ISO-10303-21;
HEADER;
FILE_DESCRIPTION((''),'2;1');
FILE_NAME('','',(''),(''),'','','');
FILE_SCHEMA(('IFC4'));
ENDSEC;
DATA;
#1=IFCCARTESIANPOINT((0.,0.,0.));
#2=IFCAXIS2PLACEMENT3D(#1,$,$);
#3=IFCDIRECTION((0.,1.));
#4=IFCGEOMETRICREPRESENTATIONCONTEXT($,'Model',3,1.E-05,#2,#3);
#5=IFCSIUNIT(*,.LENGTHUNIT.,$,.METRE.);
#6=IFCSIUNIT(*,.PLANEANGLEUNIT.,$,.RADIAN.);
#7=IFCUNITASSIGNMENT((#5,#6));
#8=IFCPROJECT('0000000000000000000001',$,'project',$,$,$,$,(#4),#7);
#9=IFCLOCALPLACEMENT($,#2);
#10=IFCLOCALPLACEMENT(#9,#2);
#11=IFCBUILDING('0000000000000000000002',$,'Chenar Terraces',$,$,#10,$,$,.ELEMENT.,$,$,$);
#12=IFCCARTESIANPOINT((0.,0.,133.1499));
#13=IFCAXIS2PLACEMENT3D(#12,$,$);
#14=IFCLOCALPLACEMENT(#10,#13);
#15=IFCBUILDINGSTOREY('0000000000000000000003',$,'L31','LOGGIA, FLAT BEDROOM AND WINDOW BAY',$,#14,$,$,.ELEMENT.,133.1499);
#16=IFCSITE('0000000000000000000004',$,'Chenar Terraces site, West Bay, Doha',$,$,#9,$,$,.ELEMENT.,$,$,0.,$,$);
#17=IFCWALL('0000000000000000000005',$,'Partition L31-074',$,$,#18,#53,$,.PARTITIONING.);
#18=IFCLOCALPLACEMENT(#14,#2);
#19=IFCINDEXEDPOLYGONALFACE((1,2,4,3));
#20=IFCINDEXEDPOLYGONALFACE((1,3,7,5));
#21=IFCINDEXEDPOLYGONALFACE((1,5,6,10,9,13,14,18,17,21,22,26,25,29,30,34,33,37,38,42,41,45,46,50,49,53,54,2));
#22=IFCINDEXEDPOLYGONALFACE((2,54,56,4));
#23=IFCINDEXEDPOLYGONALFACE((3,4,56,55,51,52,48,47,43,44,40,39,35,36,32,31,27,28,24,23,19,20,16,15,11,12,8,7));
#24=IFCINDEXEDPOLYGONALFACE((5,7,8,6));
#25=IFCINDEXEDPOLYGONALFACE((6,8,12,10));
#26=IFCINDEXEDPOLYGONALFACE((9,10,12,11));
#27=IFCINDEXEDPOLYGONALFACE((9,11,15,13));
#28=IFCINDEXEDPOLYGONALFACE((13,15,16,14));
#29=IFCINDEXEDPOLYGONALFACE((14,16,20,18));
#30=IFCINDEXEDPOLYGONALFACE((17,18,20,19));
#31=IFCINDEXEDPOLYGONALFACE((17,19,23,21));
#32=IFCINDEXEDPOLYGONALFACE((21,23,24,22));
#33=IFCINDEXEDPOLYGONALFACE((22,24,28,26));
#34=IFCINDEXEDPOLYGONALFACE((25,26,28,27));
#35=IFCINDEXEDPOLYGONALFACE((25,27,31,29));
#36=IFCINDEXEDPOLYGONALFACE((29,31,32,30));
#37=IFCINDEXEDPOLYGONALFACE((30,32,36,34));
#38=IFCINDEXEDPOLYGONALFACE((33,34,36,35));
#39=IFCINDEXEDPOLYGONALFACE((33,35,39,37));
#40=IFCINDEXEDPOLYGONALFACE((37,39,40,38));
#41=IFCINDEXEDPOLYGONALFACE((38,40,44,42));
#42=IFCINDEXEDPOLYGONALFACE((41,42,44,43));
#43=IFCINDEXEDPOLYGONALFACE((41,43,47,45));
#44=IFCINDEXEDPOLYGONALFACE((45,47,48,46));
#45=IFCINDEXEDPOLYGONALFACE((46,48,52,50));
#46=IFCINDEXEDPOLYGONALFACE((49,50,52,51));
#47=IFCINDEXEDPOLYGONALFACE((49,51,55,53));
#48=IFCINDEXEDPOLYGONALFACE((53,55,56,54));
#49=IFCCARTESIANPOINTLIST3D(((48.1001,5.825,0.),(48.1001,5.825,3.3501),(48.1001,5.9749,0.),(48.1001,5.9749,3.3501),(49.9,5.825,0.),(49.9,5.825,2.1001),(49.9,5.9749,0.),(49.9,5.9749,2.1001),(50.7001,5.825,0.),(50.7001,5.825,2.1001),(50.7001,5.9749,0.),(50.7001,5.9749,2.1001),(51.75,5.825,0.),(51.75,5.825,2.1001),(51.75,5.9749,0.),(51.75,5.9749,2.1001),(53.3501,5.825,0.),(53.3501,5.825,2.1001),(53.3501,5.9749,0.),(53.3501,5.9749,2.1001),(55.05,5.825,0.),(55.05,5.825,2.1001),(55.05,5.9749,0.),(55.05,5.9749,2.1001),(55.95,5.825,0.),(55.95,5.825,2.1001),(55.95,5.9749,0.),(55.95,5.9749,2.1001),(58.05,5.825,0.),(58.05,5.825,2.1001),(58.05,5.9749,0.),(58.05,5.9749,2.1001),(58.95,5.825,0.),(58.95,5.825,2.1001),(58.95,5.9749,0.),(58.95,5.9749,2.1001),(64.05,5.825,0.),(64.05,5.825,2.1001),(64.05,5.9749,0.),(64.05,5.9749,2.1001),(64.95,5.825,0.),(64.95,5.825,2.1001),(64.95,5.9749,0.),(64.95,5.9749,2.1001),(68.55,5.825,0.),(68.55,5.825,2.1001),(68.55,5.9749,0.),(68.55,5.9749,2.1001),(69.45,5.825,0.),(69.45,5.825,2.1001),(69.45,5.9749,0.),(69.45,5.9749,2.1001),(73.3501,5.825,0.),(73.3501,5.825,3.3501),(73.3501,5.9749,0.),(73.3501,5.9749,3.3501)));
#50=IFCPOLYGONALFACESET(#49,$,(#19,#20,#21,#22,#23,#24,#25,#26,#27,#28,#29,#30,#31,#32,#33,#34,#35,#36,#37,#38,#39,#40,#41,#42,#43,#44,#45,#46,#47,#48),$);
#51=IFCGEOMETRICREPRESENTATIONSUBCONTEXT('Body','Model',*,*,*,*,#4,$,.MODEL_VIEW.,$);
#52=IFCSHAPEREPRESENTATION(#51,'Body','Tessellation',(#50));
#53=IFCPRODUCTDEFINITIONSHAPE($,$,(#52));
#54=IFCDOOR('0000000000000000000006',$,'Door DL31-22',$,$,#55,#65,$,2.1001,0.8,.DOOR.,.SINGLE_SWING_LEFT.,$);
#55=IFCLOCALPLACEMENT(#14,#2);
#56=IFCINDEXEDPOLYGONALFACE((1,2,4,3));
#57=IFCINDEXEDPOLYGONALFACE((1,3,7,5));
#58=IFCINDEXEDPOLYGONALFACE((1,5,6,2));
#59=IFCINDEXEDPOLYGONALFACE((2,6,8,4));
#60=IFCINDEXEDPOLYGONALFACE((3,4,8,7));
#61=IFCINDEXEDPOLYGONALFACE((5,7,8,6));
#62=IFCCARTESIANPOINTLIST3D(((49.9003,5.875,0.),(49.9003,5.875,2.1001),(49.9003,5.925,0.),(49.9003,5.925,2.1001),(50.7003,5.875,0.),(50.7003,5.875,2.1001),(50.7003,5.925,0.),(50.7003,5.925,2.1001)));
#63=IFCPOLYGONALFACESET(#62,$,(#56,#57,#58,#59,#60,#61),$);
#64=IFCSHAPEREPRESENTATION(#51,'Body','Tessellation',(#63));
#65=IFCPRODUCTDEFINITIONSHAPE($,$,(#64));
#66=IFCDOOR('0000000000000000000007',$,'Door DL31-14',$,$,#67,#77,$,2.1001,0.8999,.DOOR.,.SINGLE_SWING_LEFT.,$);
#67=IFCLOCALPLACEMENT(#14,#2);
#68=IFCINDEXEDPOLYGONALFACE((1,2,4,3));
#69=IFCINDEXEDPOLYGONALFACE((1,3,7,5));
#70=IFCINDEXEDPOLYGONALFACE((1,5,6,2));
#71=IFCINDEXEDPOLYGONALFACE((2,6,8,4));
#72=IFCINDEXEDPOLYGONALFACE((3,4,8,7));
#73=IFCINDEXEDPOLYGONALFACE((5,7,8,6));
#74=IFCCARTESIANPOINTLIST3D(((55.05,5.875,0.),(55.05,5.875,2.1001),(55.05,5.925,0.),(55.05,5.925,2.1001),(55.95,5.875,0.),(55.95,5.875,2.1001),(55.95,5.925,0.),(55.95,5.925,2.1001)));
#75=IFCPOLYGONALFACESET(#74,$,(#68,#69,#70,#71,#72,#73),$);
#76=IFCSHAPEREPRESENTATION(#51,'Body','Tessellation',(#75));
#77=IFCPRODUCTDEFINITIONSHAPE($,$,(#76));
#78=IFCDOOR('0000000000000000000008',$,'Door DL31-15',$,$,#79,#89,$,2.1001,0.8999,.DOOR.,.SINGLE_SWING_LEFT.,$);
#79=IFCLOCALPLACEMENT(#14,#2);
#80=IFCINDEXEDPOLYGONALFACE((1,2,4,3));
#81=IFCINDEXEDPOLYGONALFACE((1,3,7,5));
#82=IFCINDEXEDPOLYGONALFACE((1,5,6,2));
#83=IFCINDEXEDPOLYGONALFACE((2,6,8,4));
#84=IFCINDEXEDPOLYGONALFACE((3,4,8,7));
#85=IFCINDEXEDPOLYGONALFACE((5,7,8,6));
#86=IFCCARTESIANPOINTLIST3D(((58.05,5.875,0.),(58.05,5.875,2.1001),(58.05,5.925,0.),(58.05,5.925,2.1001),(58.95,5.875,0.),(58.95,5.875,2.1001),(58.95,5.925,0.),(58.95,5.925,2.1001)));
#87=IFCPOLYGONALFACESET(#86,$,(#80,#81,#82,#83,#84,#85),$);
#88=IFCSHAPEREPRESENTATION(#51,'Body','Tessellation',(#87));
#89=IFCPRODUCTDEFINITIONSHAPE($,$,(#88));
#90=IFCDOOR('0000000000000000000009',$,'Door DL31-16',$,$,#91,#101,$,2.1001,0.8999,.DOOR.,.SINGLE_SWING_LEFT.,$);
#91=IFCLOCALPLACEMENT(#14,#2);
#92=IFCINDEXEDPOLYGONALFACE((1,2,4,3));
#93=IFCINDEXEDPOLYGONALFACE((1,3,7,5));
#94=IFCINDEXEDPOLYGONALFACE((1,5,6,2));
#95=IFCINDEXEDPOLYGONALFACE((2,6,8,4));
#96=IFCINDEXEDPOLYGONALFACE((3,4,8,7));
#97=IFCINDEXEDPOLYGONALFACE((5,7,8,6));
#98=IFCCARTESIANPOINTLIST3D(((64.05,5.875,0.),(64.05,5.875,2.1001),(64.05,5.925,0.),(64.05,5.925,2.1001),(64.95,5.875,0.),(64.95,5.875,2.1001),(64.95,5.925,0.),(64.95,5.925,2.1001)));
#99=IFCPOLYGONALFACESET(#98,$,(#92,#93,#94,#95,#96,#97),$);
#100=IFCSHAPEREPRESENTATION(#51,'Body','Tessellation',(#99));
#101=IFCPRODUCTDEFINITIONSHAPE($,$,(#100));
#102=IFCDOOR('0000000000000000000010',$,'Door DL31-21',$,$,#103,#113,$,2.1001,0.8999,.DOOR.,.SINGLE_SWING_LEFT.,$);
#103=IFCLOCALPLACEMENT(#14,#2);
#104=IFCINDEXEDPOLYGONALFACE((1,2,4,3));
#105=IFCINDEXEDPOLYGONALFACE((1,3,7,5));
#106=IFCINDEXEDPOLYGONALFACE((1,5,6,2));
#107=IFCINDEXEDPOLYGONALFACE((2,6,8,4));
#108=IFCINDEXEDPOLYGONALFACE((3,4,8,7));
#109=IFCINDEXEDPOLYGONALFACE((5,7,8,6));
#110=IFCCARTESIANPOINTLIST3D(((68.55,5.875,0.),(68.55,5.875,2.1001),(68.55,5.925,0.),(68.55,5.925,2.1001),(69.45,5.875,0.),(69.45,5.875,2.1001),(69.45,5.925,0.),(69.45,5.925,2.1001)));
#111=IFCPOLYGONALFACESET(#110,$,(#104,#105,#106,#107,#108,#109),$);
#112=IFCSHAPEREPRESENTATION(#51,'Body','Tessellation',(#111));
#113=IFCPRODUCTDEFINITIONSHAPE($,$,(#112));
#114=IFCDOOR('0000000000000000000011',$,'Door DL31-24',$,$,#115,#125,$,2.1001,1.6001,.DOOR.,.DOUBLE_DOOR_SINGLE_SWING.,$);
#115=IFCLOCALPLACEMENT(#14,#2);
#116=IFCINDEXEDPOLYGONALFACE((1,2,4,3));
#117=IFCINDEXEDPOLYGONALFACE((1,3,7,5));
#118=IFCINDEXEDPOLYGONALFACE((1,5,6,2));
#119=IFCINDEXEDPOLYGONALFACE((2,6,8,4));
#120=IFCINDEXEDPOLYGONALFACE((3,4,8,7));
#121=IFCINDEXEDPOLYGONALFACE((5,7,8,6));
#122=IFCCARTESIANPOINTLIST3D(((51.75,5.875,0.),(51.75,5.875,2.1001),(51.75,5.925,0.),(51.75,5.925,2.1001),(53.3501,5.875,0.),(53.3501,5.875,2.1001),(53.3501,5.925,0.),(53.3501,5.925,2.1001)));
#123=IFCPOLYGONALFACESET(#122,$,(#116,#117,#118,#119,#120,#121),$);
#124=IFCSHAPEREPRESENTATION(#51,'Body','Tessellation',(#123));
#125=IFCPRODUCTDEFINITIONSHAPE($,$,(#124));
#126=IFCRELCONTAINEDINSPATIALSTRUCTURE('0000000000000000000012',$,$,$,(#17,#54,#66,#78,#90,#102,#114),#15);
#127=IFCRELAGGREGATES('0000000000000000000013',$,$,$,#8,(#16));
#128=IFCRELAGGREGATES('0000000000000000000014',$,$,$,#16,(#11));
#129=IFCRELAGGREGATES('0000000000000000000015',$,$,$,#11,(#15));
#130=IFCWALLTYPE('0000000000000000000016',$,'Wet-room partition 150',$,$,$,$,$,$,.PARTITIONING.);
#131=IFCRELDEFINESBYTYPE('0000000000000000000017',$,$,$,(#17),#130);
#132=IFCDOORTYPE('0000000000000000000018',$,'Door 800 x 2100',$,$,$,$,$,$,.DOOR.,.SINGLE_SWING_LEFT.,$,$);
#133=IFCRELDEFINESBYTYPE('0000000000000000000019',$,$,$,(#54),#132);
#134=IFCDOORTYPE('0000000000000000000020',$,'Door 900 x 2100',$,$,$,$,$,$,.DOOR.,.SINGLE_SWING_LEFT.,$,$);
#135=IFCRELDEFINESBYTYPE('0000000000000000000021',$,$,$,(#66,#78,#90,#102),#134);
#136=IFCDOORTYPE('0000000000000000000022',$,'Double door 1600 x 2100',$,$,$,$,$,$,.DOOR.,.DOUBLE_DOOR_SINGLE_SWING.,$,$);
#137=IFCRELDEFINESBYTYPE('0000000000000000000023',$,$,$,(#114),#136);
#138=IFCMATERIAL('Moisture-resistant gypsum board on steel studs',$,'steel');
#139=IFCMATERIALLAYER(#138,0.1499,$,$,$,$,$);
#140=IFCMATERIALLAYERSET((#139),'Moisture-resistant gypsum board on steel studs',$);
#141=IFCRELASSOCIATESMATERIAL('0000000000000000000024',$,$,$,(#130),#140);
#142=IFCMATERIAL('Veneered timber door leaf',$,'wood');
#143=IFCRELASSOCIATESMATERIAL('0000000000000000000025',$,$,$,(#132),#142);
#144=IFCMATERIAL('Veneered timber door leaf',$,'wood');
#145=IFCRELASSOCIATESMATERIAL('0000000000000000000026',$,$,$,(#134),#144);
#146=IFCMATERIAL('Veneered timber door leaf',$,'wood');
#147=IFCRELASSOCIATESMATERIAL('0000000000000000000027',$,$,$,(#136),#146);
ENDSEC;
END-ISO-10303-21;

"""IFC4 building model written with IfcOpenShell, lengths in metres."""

from ifc_helpers import new_model, si_unit, direction, frame, frame_2d, origin, place, context, subcontext, project, spatial, rectangle, extrude, material, layer, layer_set, type_object, element, fill, save


model = new_model("IFC4")

# Units and contexts
model_context = context("Model", 3, precision=1e-05, world=origin(), true_north=direction((0.0, 1.0)))
body_context = subcontext(model_context, "Body", "Model", "MODEL_VIEW")
ifc_project = project(units=[si_unit("LENGTHUNIT", "METRE"), si_unit("PLANEANGLEUNIT", "RADIAN")], contexts=[model_context])

# Site, building, storey
site_placement = place(None, origin())
site = spatial("IfcSite", under=ifc_project, at=site_placement, Name="Chenar Terraces site, West Bay, Doha", CompositionType="ELEMENT", RefElevation=0.0)
building_placement = place(site_placement, origin())
building = spatial("IfcBuilding", under=site, at=building_placement, Name="Chenar Terraces", CompositionType="ELEMENT")
storey_placement = place(building_placement, frame((0.0, 0.0, 133.1499)))
storey = spatial("IfcBuildingStorey", under=building, at=storey_placement, Name="L31", Description="LOGGIA, FLAT BEDROOM AND WINDOW BAY", CompositionType="ELEMENT", Elevation=133.1499)

# Wall, openings, doors
ifc_material_1 = material(Name="Moisture-resistant gypsum board on steel studs", Category="steel")
ifc_layer_1 = layer(ifc_material_1, 0.1499)
ifc_layer_set_1 = layer_set([ifc_layer_1], Name="Moisture-resistant gypsum board on steel studs")
wall_type_1 = type_object("IfcWallType", Name="Wet-room partition 150", PredefinedType="PARTITIONING", material=ifc_layer_set_1)
wall_1_placement = place(storey_placement, frame((48.1001, 5.8999, 0.0), z_axis=(0.0, 0.0, 1.0), x_axis=(1.0, 0.0, 0.0)))
wall_1 = element("IfcWall", 1, at=wall_1_placement, inside=storey, type_object=wall_type_1, Name="Partition L31-074", PredefinedType="PARTITIONING", context=body_context, shape_type="SweptSolid", body=[
    extrude(rectangle(XDim=25.25, YDim=0.1499, at=frame_2d((12.625, 0.0))), origin(), (0.0, 0.0, 1.0), 3.3501),
])
opening_1_placement = place(wall_1_placement, frame((6.95, 0.0, 0.0)))
opening_1 = element("IfcOpeningElement", 2, at=opening_1_placement, cuts=wall_1, PredefinedType="OPENING", context=body_context, shape_type="SweptSolid", body=[
    extrude(rectangle(XDim=0.8999, YDim=2.1001, at=frame_2d((0.45, 1.05))), frame((0.0, 0.085, 0.0), z_axis=(0.0, -1.0, 0.0), x_axis=(1.0, 0.0, 0.0)), (0.0, 0.0, 1.0), 0.1699),
])
opening_2_placement = place(wall_1_placement, frame((9.95, 0.0, 0.0)))
opening_2 = element("IfcOpeningElement", 3, at=opening_2_placement, cuts=wall_1, PredefinedType="OPENING", context=body_context, shape_type="SweptSolid", body=[
    extrude(rectangle(XDim=0.8999, YDim=2.1001, at=frame_2d((0.45, 1.05))), frame((0.0, 0.085, 0.0), z_axis=(0.0, -1.0, 0.0), x_axis=(1.0, 0.0, 0.0)), (0.0, 0.0, 1.0), 0.1699),
])
opening_3_placement = place(wall_1_placement, frame((15.95, 0.0, 0.0)))
opening_3 = element("IfcOpeningElement", 4, at=opening_3_placement, cuts=wall_1, PredefinedType="OPENING", context=body_context, shape_type="SweptSolid", body=[
    extrude(rectangle(XDim=0.8999, YDim=2.1001, at=frame_2d((0.45, 1.05))), frame((0.0, 0.085, 0.0), z_axis=(0.0, -1.0, 0.0), x_axis=(1.0, 0.0, 0.0)), (0.0, 0.0, 1.0), 0.1699),
])
opening_4_placement = place(wall_1_placement, frame((20.45, 0.0, 0.0)))
opening_4 = element("IfcOpeningElement", 5, at=opening_4_placement, cuts=wall_1, PredefinedType="OPENING", context=body_context, shape_type="SweptSolid", body=[
    extrude(rectangle(XDim=0.8999, YDim=2.1001, at=frame_2d((0.45, 1.05))), frame((0.0, 0.085, 0.0), z_axis=(0.0, -1.0, 0.0), x_axis=(1.0, 0.0, 0.0)), (0.0, 0.0, 1.0), 0.1699),
])
opening_5_placement = place(wall_1_placement, frame((1.8, 0.0, 0.0)))
opening_5 = element("IfcOpeningElement", 6, at=opening_5_placement, cuts=wall_1, PredefinedType="OPENING", context=body_context, shape_type="SweptSolid", body=[
    extrude(rectangle(XDim=0.8, YDim=2.1001, at=frame_2d((0.3999, 1.05))), frame((0.0, 0.085, 0.0), z_axis=(0.0, -1.0, 0.0), x_axis=(1.0, 0.0, 0.0)), (0.0, 0.0, 1.0), 0.1699),
])
opening_6_placement = place(wall_1_placement, frame((3.6499, 0.0, 0.0)))
opening_6 = element("IfcOpeningElement", 7, at=opening_6_placement, cuts=wall_1, PredefinedType="OPENING", context=body_context, shape_type="SweptSolid", body=[
    extrude(rectangle(XDim=1.6001, YDim=2.1001, at=frame_2d((0.8, 1.05))), frame((0.0, 0.085, 0.0), z_axis=(0.0, -1.0, 0.0), x_axis=(1.0, 0.0, 0.0)), (0.0, 0.0, 1.0), 0.1699),
])
ifc_material_2 = material(Name="Veneered timber door leaf", Category="wood")
door_type_1 = type_object("IfcDoorType", Name="Door 800 x 2100", OperationType="SINGLE_SWING_LEFT", PredefinedType="DOOR", material=ifc_material_2)
door_1_placement = place(opening_5_placement, frame((0.8, 0.0, 0.0), z_axis=(0.0, 0.0, 1.0), x_axis=(-1.0, 0.0, 0.0)))
door_1 = element("IfcDoor", 8, at=door_1_placement, inside=storey, type_object=door_type_1, Name="Door DL31-22", OperationType="SINGLE_SWING_LEFT", OverallHeight=2.1001, OverallWidth=0.8, PredefinedType="DOOR", context=body_context, shape_type="SweptSolid", body=[
    extrude(rectangle(XDim=0.8, YDim=2.1001, at=frame_2d((0.3999, 1.05))), frame((0.0, 0.0249, 0.0), z_axis=(0.0, -1.0, 0.0), x_axis=(1.0, 0.0, 0.0)), (0.0, 0.0, 1.0), 0.05),
])
fill(opening_5, door_1)
ifc_material_3 = material(Name="Veneered timber door leaf", Category="wood")
door_type_2 = type_object("IfcDoorType", Name="Door 900 x 2100", OperationType="SINGLE_SWING_LEFT", PredefinedType="DOOR", material=ifc_material_3)
door_2_placement = place(opening_1_placement, frame((0.8999, 0.0, 0.0), z_axis=(0.0, 0.0, 1.0), x_axis=(-1.0, 0.0, 0.0)))
door_2 = element("IfcDoor", 9, at=door_2_placement, inside=storey, type_object=door_type_2, Name="Door DL31-14", OperationType="SINGLE_SWING_LEFT", OverallHeight=2.1001, OverallWidth=0.8999, PredefinedType="DOOR", context=body_context, shape_type="SweptSolid", body=[
    extrude(rectangle(XDim=0.8999, YDim=2.1001, at=frame_2d((0.45, 1.05))), frame((0.0, 0.0249, 0.0), z_axis=(0.0, -1.0, 0.0), x_axis=(1.0, 0.0, 0.0)), (0.0, 0.0, 1.0), 0.05),
])
fill(opening_1, door_2)
door_3_placement = place(opening_2_placement, frame((0.8999, 0.0, 0.0), z_axis=(0.0, 0.0, 1.0), x_axis=(-1.0, 0.0, 0.0)))
door_3 = element("IfcDoor", 10, at=door_3_placement, inside=storey, type_object=door_type_2, Name="Door DL31-15", OperationType="SINGLE_SWING_LEFT", OverallHeight=2.1001, OverallWidth=0.8999, PredefinedType="DOOR", context=body_context, shape_type="SweptSolid", body=[
    extrude(rectangle(XDim=0.8999, YDim=2.1001, at=frame_2d((0.45, 1.05))), frame((0.0, 0.0249, 0.0), z_axis=(0.0, -1.0, 0.0), x_axis=(1.0, 0.0, 0.0)), (0.0, 0.0, 1.0), 0.05),
])
fill(opening_2, door_3)
door_4_placement = place(opening_3_placement, frame((0.8999, 0.0, 0.0), z_axis=(0.0, 0.0, 1.0), x_axis=(-1.0, 0.0, 0.0)))
door_4 = element("IfcDoor", 11, at=door_4_placement, inside=storey, type_object=door_type_2, Name="Door DL31-16", OperationType="SINGLE_SWING_LEFT", OverallHeight=2.1001, OverallWidth=0.8999, PredefinedType="DOOR", context=body_context, shape_type="SweptSolid", body=[
    extrude(rectangle(XDim=0.8999, YDim=2.1001, at=frame_2d((0.45, 1.05))), frame((0.0, 0.0249, 0.0), z_axis=(0.0, -1.0, 0.0), x_axis=(1.0, 0.0, 0.0)), (0.0, 0.0, 1.0), 0.05),
])
fill(opening_3, door_4)
door_5_placement = place(opening_4_placement, frame((0.8999, 0.0, 0.0), z_axis=(0.0, 0.0, 1.0), x_axis=(-1.0, 0.0, 0.0)))
door_5 = element("IfcDoor", 12, at=door_5_placement, inside=storey, type_object=door_type_2, Name="Door DL31-21", OperationType="SINGLE_SWING_LEFT", OverallHeight=2.1001, OverallWidth=0.8999, PredefinedType="DOOR", context=body_context, shape_type="SweptSolid", body=[
    extrude(rectangle(XDim=0.8999, YDim=2.1001, at=frame_2d((0.45, 1.05))), frame((0.0, 0.0249, 0.0), z_axis=(0.0, -1.0, 0.0), x_axis=(1.0, 0.0, 0.0)), (0.0, 0.0, 1.0), 0.05),
])
fill(opening_4, door_5)
ifc_material_4 = material(Name="Veneered timber door leaf", Category="wood")
door_type_3 = type_object("IfcDoorType", Name="Double door 1600 x 2100", OperationType="DOUBLE_DOOR_SINGLE_SWING", PredefinedType="DOOR", material=ifc_material_4)
door_6_placement = place(opening_6_placement, frame((1.6001, 0.0, 0.0), z_axis=(0.0, 0.0, 1.0), x_axis=(-1.0, 0.0, 0.0)))
door_6 = element("IfcDoor", 13, at=door_6_placement, inside=storey, type_object=door_type_3, Name="Door DL31-24", OperationType="DOUBLE_DOOR_SINGLE_SWING", OverallHeight=2.1001, OverallWidth=1.6001, PredefinedType="DOOR", context=body_context, shape_type="SweptSolid", body=[
    extrude(rectangle(XDim=1.6001, YDim=2.1001, at=frame_2d((0.8, 1.05))), frame((0.0, 0.0249, 0.0), z_axis=(0.0, -1.0, 0.0), x_axis=(1.0, 0.0, 0.0)), (0.0, 0.0, 1.0), 0.05),
])
fill(opening_6, door_6)

save(model, "model.ifc")
